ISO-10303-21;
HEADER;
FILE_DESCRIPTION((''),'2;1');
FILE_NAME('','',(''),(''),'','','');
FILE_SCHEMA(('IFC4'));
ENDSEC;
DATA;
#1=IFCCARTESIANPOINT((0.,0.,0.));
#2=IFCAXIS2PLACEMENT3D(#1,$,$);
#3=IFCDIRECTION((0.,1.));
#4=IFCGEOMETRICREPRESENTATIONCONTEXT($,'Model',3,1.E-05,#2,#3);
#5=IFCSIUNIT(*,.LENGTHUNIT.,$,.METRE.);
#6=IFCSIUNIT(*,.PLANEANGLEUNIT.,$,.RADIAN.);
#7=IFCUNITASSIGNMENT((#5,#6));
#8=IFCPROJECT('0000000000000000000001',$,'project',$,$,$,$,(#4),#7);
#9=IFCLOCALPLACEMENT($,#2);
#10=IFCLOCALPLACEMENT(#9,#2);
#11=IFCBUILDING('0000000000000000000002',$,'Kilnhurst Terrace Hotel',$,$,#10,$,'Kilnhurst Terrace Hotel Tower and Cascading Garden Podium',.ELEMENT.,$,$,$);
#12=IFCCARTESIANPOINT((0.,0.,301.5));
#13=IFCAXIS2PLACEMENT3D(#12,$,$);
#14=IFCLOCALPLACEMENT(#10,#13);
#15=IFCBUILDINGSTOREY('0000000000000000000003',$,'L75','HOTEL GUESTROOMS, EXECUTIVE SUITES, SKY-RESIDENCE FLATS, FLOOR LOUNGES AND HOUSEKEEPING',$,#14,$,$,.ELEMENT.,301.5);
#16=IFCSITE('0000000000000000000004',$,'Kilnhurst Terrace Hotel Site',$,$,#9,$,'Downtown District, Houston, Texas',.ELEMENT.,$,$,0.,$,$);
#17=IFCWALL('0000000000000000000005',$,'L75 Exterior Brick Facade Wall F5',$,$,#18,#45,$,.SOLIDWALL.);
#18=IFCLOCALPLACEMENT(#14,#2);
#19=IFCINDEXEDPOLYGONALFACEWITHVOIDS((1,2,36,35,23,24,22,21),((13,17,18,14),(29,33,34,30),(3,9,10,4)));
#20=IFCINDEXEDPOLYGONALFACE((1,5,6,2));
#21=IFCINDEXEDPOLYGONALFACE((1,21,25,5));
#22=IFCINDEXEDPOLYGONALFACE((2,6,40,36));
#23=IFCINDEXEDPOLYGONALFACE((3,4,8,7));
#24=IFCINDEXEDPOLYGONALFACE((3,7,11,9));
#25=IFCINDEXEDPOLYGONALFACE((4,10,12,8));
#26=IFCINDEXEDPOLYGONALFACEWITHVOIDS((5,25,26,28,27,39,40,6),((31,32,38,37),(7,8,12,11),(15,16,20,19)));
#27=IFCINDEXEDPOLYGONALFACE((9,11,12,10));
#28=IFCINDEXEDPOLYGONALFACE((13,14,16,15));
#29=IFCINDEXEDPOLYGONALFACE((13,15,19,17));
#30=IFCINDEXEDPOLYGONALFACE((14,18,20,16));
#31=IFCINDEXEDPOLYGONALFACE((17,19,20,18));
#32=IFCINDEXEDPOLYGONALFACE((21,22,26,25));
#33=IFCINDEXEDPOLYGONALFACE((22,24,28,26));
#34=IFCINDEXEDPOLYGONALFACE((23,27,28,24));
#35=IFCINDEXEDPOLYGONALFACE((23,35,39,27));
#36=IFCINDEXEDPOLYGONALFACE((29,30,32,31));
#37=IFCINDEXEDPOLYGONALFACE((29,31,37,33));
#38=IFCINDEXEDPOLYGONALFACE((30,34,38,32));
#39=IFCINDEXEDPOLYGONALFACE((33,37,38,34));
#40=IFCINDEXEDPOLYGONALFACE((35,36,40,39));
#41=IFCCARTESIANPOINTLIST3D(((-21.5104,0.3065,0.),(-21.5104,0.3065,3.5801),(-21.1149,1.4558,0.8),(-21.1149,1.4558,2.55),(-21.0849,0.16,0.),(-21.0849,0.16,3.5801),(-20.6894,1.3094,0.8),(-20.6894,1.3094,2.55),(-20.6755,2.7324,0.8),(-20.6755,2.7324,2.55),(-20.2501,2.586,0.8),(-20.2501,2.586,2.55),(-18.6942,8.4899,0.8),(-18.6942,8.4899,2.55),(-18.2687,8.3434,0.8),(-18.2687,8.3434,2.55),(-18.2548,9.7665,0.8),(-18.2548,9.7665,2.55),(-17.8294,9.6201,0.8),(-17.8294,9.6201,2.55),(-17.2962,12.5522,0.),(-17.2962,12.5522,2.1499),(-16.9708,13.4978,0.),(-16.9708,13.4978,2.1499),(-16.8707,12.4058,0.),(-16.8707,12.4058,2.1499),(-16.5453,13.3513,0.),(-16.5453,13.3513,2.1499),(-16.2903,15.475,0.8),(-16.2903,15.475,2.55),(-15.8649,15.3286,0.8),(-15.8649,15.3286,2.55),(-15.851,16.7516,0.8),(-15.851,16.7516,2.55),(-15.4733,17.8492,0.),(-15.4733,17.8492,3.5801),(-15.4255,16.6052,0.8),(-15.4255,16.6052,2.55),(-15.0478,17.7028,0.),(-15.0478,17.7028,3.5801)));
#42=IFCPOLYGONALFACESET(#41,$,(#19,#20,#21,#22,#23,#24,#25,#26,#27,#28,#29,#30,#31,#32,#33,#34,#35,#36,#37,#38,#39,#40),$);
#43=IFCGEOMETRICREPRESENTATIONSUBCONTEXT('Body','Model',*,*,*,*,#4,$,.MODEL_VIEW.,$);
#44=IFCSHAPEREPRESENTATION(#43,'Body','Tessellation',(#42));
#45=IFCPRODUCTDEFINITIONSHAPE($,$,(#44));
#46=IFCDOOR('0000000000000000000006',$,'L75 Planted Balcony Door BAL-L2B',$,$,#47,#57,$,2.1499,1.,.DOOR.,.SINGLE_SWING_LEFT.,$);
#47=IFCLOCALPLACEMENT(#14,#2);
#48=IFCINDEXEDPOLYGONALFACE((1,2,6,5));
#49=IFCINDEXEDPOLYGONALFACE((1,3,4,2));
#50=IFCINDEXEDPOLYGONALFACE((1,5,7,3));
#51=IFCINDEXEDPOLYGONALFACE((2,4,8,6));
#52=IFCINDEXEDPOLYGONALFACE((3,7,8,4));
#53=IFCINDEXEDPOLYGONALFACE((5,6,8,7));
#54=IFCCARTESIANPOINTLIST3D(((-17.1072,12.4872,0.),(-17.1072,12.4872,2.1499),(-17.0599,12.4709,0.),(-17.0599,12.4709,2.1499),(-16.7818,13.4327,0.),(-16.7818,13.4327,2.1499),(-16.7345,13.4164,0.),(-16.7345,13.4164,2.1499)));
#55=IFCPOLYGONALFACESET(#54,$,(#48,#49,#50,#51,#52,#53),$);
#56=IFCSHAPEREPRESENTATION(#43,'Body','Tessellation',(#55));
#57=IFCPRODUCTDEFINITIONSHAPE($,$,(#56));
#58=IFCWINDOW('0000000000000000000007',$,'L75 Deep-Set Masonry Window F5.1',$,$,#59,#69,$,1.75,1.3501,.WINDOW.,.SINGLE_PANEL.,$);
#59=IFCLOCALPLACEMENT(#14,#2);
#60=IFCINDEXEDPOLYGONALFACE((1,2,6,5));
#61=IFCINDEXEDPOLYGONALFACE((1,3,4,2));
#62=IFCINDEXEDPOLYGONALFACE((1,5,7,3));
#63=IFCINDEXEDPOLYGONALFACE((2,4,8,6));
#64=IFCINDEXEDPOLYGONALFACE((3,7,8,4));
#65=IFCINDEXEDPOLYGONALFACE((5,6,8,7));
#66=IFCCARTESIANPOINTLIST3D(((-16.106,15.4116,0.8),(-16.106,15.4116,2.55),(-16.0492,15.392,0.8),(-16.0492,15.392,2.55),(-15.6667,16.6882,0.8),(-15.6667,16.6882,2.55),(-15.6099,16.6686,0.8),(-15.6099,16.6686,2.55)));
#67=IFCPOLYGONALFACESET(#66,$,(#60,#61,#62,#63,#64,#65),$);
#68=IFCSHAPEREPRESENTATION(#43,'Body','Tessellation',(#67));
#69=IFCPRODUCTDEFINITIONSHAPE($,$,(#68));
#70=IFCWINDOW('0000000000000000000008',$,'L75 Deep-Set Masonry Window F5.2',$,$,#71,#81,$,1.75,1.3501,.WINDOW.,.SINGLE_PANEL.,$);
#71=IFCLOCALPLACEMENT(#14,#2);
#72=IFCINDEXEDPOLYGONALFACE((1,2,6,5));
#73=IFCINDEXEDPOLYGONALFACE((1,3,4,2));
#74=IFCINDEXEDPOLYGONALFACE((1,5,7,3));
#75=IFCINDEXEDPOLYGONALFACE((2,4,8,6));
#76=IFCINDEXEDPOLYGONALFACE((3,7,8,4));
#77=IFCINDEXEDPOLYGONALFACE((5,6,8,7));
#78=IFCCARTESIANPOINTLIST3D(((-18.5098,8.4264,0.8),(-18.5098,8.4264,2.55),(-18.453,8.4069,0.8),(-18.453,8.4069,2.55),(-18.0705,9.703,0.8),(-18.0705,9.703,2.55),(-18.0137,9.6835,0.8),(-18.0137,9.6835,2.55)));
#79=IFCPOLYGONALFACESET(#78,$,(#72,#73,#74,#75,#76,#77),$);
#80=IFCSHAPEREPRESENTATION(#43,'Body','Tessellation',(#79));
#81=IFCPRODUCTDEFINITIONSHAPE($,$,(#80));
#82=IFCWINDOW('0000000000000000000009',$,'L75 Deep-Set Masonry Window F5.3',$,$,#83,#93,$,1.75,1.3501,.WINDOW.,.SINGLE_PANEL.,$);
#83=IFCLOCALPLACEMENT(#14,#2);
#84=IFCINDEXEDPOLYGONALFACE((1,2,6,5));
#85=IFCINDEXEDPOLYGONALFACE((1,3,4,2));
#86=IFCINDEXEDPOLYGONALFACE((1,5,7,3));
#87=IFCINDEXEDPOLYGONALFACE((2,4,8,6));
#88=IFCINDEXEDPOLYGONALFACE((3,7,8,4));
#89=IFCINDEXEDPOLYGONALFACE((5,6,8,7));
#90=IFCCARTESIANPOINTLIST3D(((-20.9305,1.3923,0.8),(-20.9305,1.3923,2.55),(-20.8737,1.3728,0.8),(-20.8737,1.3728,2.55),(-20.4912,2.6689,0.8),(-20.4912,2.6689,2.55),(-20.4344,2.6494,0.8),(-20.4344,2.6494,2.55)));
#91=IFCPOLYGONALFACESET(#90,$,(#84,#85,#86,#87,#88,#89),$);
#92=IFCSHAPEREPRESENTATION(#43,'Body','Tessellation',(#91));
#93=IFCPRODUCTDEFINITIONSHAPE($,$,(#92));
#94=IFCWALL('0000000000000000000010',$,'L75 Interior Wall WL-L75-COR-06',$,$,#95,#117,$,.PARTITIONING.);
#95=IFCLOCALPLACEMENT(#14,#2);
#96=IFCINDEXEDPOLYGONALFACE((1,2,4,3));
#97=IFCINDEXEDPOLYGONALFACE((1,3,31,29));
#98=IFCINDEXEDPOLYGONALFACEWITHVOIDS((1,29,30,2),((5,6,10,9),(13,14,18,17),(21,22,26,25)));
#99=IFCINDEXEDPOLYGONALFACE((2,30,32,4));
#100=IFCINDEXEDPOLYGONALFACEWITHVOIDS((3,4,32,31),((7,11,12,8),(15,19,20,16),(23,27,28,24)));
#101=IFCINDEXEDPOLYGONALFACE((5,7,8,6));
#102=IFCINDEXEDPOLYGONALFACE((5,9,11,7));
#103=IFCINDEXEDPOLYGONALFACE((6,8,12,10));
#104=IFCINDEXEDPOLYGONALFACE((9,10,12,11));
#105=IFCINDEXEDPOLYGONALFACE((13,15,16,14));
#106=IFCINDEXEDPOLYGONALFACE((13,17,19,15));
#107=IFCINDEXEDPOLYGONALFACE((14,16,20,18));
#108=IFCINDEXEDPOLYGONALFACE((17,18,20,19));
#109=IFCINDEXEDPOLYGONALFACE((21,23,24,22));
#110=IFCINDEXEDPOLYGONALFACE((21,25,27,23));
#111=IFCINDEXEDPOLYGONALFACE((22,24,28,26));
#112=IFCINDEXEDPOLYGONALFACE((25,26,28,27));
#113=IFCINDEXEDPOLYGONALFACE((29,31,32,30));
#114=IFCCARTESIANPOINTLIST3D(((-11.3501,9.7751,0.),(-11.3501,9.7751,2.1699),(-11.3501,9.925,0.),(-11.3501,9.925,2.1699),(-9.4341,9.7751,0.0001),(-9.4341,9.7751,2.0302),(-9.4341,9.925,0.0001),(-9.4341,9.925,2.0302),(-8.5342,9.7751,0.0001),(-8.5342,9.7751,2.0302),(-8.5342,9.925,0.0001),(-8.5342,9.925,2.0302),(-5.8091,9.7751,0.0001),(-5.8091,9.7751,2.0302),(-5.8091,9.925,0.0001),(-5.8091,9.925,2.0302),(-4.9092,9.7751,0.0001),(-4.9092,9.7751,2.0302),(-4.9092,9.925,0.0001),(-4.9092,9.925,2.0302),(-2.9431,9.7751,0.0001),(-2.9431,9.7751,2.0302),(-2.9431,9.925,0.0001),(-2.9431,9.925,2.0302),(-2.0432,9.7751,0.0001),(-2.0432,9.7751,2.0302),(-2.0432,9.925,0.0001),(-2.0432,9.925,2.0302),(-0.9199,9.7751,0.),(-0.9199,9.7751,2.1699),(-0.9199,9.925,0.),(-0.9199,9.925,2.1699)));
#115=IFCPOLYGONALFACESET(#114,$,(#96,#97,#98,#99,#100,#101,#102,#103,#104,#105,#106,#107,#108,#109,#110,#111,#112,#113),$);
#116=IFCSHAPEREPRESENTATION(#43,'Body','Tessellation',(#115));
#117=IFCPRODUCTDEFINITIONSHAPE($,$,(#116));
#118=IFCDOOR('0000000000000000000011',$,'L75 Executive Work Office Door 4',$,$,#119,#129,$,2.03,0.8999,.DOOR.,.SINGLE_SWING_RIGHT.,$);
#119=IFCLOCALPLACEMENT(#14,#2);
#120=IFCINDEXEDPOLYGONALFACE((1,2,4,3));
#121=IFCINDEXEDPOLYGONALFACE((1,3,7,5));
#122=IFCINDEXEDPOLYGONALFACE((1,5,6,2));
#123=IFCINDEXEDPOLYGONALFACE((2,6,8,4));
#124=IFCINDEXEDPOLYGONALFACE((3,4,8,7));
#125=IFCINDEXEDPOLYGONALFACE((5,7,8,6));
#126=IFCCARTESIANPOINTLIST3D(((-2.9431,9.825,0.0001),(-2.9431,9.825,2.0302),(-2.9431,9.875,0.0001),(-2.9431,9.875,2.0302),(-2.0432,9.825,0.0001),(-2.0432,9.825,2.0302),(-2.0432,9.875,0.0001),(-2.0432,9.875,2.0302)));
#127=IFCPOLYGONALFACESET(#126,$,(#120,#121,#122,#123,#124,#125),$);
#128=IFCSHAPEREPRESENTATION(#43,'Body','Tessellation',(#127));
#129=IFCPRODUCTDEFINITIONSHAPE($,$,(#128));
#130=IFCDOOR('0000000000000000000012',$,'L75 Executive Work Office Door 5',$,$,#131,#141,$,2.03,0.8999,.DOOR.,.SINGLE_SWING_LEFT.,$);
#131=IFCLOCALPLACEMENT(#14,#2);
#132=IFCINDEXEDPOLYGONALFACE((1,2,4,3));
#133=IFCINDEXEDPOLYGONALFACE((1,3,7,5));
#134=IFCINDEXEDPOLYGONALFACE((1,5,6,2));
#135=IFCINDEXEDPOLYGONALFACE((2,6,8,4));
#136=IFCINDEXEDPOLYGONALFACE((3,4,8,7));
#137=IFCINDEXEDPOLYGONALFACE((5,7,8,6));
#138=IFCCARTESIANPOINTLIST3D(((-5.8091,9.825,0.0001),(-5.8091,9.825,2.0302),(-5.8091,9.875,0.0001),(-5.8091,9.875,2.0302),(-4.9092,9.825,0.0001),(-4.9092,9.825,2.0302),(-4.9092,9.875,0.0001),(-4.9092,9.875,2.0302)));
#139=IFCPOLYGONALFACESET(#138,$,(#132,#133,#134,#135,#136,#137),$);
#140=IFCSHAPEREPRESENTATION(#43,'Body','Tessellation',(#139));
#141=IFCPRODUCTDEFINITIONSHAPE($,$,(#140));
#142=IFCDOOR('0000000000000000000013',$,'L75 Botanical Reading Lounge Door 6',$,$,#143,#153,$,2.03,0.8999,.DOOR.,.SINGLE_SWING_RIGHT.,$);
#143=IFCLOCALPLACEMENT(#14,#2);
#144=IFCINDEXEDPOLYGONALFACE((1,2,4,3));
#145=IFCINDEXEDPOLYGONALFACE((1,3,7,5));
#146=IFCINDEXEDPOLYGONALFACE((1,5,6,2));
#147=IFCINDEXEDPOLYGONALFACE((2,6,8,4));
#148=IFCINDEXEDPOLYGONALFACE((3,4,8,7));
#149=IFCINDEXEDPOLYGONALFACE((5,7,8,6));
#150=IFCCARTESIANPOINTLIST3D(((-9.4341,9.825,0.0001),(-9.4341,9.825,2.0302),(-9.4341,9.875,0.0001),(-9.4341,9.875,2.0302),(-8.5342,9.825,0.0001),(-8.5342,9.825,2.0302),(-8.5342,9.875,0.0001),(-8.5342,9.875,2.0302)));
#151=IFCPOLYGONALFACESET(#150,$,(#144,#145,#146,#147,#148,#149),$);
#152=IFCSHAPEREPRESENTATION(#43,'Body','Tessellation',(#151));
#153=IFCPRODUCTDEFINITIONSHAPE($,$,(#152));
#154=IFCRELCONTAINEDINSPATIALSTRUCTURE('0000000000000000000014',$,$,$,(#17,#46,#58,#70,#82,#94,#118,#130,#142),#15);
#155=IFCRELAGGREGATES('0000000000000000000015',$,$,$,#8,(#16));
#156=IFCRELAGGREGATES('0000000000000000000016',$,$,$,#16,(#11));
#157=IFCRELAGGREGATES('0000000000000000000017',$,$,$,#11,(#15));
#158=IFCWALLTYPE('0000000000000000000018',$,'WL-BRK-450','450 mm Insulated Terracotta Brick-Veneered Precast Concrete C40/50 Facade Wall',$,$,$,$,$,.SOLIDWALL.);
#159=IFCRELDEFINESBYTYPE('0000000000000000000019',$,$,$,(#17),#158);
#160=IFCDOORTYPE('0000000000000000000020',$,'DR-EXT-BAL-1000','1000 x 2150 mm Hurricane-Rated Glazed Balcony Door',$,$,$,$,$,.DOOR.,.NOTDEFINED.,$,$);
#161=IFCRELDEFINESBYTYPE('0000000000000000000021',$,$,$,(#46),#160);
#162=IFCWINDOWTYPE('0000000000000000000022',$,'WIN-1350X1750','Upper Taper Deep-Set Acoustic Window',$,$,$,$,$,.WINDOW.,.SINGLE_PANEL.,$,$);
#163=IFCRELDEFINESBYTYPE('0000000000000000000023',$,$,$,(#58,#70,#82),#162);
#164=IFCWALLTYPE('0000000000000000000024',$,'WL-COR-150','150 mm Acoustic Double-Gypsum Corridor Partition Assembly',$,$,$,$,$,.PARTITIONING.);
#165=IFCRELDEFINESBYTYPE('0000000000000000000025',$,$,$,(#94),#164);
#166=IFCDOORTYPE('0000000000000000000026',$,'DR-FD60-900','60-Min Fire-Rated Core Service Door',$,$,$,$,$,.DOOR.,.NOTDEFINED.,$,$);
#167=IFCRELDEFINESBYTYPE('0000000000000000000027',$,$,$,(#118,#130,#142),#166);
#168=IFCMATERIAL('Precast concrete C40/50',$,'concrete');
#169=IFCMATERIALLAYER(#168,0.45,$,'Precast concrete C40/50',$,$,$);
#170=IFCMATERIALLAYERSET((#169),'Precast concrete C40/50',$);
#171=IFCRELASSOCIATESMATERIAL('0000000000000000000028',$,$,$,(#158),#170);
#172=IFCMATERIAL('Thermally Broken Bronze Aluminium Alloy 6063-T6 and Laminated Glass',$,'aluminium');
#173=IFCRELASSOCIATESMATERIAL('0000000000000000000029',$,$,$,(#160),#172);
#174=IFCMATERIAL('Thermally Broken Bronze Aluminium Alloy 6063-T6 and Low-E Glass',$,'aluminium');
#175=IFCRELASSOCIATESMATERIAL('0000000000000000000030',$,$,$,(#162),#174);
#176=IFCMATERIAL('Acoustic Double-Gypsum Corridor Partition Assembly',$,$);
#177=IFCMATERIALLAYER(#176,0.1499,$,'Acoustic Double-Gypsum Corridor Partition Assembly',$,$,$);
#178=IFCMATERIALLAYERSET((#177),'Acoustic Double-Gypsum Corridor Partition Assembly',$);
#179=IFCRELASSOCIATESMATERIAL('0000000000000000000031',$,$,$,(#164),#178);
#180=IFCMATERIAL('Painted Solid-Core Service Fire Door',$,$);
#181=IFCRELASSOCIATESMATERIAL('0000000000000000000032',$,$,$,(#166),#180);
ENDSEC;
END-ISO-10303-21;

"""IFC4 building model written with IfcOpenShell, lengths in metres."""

from ifc_helpers import new_model, si_unit, direction, frame, frame_2d, origin, place, context, subcontext, project, spatial, rectangle, extrude, material, layer, layer_set, type_object, element, fill, save


model = new_model("IFC4")

# Units and contexts
model_context = context("Model", 3, precision=1e-05, world=origin(), true_north=direction((0.0, 1.0)))
body_context = subcontext(model_context, "Body", "Model", "MODEL_VIEW")
ifc_project = project(units=[si_unit("LENGTHUNIT", "METRE"), si_unit("PLANEANGLEUNIT", "RADIAN")], contexts=[model_context])

# Site, building, storey
site_placement = place(None, origin())
site = spatial("IfcSite", under=ifc_project, at=site_placement, Name="Kilnhurst Terrace Hotel Site", LongName="Downtown District, Houston, Texas", CompositionType="ELEMENT", RefElevation=0.0)
building_placement = place(site_placement, origin())
building = spatial("IfcBuilding", under=site, at=building_placement, Name="Kilnhurst Terrace Hotel", LongName="Kilnhurst Terrace Hotel Tower and Cascading Garden Podium", CompositionType="ELEMENT")
storey_placement = place(building_placement, frame((0.0, 0.0, 301.5)))
storey = spatial("IfcBuildingStorey", under=building, at=storey_placement, Name="L75", Description="HOTEL GUESTROOMS, EXECUTIVE SUITES, SKY-RESIDENCE FLATS, FLOOR LOUNGES AND HOUSEKEEPING", CompositionType="ELEMENT", Elevation=301.5)

# Shared definitions
ifc_material_1 = material(Name="Precast concrete C40/50", Category="concrete")
ifc_layer_1 = layer(ifc_material_1, 0.45, Name="Precast concrete C40/50")
ifc_layer_set_1 = layer_set([ifc_layer_1], Name="Precast concrete C40/50")
wall_type_1 = type_object("IfcWallType", Name="WL-BRK-450", Description="450 mm Insulated Terracotta Brick-Veneered Precast Concrete C40/50 Facade Wall", PredefinedType="SOLIDWALL", material=ifc_layer_set_1)

# Wall, openings, door, windows
wall_1_placement = place(storey_placement, frame((-15.2605, 17.7761, 0.0), z_axis=(0.0, 0.0, 1.0), x_axis=(-0.325407, -0.945574, 0.0)))
wall_1 = element("IfcWall", 1, at=wall_1_placement, inside=storey, type_object=wall_type_1, Name="L75 Exterior Brick Facade Wall F5", PredefinedType="SOLIDWALL", context=body_context, shape_type="SweptSolid", body=[
    extrude(rectangle(XDim=18.5525, YDim=0.45, at=frame_2d((9.2764, 0.0))), origin(), (0.0, 0.0, 1.0), 3.5801),
])
opening_1_placement = place(wall_1_placement, frame((4.6021, 0.0, 0.0)))
opening_1 = element("IfcOpeningElement", 2, at=opening_1_placement, cuts=wall_1, PredefinedType="OPENING", context=body_context, shape_type="SweptSolid", body=[
    extrude(rectangle(XDim=1.0, YDim=2.1499, at=frame_2d((0.5, 1.075))), frame((0.0, 0.2349, 0.0), z_axis=(0.0, -1.0, 0.0), x_axis=(1.0, 0.0, 0.0)), (0.0, 0.0, 1.0), 0.47),
])
opening_2_placement = place(wall_1_placement, frame((1.1609, 0.0, 0.8)))
opening_2 = element("IfcOpeningElement", 3, at=opening_2_placement, cuts=wall_1, PredefinedType="OPENING", context=body_context, shape_type="SweptSolid", body=[
    extrude(rectangle(XDim=1.3501, YDim=1.75, at=frame_2d((0.675, 0.875))), frame((0.0, 0.2349, 0.0), z_axis=(0.0, -1.0, 0.0), x_axis=(1.0, 0.0, 0.0)), (0.0, 0.0, 1.0), 0.47),
])
opening_3_placement = place(wall_1_placement, frame((8.5481, 0.0, 0.8)))
opening_3 = element("IfcOpeningElement", 4, at=opening_3_placement, cuts=wall_1, PredefinedType="OPENING", context=body_context, shape_type="SweptSolid", body=[
    extrude(rectangle(XDim=1.3501, YDim=1.75, at=frame_2d((0.675, 0.875))), frame((0.0, 0.2349, 0.0), z_axis=(0.0, -1.0, 0.0), x_axis=(1.0, 0.0, 0.0)), (0.0, 0.0, 1.0), 0.47),
])
opening_4_placement = place(wall_1_placement, frame((15.9871, 0.0, 0.8)))
opening_4 = element("IfcOpeningElement", 5, at=opening_4_placement, cuts=wall_1, PredefinedType="OPENING", context=body_context, shape_type="SweptSolid", body=[
    extrude(rectangle(XDim=1.3501, YDim=1.75, at=frame_2d((0.675, 0.875))), frame((0.0, 0.2349, 0.0), z_axis=(0.0, -1.0, 0.0), x_axis=(1.0, 0.0, 0.0)), (0.0, 0.0, 1.0), 0.47),
])
ifc_material_2 = material(Name="Thermally Broken Bronze Aluminium Alloy 6063-T6 and Laminated Glass", Category="aluminium")
door_type_1 = type_object("IfcDoorType", Name="DR-EXT-BAL-1000", Description="1000 x 2150 mm Hurricane-Rated Glazed Balcony Door", OperationType="NOTDEFINED", PredefinedType="DOOR", material=ifc_material_2)
door_1_placement = place(opening_1_placement, origin())
door_1 = element("IfcDoor", 6, at=door_1_placement, inside=storey, type_object=door_type_1, Name="L75 Planted Balcony Door BAL-L2B", OperationType="SINGLE_SWING_LEFT", OverallHeight=2.1499, OverallWidth=1.0, PredefinedType="DOOR", context=body_context, shape_type="SweptSolid", body=[
    extrude(rectangle(XDim=1.0, YDim=2.1499, at=frame_2d((0.5, 1.075))), frame((0.0, 0.0249, 0.0), z_axis=(0.0, -1.0, 0.0), x_axis=(1.0, 0.0, 0.0)), (0.0, 0.0, 1.0), 0.05),
])
fill(opening_1, door_1)
ifc_material_3 = material(Name="Thermally Broken Bronze Aluminium Alloy 6063-T6 and Low-E Glass", Category="aluminium")
window_type = type_object("IfcWindowType", Name="WIN-1350X1750", Description="Upper Taper Deep-Set Acoustic Window", PartitioningType="SINGLE_PANEL", PredefinedType="WINDOW", material=ifc_material_3)
window_1_placement = place(opening_2_placement, origin())
window_1 = element("IfcWindow", 7, at=window_1_placement, inside=storey, type_object=window_type, Name="L75 Deep-Set Masonry Window F5.1", OverallHeight=1.75, OverallWidth=1.3501, PartitioningType="SINGLE_PANEL", PredefinedType="WINDOW", context=body_context, shape_type="SweptSolid", body=[
    extrude(rectangle(XDim=1.3501, YDim=1.75, at=frame_2d((0.675, 0.875))), frame((0.0, 0.03, 0.0), z_axis=(0.0, -1.0, 0.0), x_axis=(1.0, 0.0, 0.0)), (0.0, 0.0, 1.0), 0.0601),
])
fill(opening_2, window_1)
window_2_placement = place(opening_3_placement, origin())
window_2 = element("IfcWindow", 8, at=window_2_placement, inside=storey, type_object=window_type, Name="L75 Deep-Set Masonry Window F5.2", OverallHeight=1.75, OverallWidth=1.3501, PartitioningType="SINGLE_PANEL", PredefinedType="WINDOW", context=body_context, shape_type="SweptSolid", body=[
    extrude(rectangle(XDim=1.3501, YDim=1.75, at=frame_2d((0.675, 0.875))), frame((0.0, 0.03, 0.0), z_axis=(0.0, -1.0, 0.0), x_axis=(1.0, 0.0, 0.0)), (0.0, 0.0, 1.0), 0.0601),
])
fill(opening_3, window_2)
window_3_placement = place(opening_4_placement, origin())
window_3 = element("IfcWindow", 9, at=window_3_placement, inside=storey, type_object=window_type, Name="L75 Deep-Set Masonry Window F5.3", OverallHeight=1.75, OverallWidth=1.3501, PartitioningType="SINGLE_PANEL", PredefinedType="WINDOW", context=body_context, shape_type="SweptSolid", body=[
    extrude(rectangle(XDim=1.3501, YDim=1.75, at=frame_2d((0.675, 0.875))), frame((0.0, 0.03, 0.0), z_axis=(0.0, -1.0, 0.0), x_axis=(1.0, 0.0, 0.0)), (0.0, 0.0, 1.0), 0.0601),
])
fill(opening_4, window_3)

# Wall, openings, doors
ifc_material_4 = material(Name="Acoustic Double-Gypsum Corridor Partition Assembly")
ifc_layer_2 = layer(ifc_material_4, 0.1499, Name="Acoustic Double-Gypsum Corridor Partition Assembly")
ifc_layer_set_2 = layer_set([ifc_layer_2], Name="Acoustic Double-Gypsum Corridor Partition Assembly")
wall_type_2 = type_object("IfcWallType", Name="WL-COR-150", Description="150 mm Acoustic Double-Gypsum Corridor Partition Assembly", PredefinedType="PARTITIONING", material=ifc_layer_set_2)
wall_2_placement = place(storey_placement, frame((-11.3501, 9.8501, 0.0), z_axis=(0.0, 0.0, 1.0), x_axis=(1.0, 0.0, 0.0)))
wall_2 = element("IfcWall", 10, at=wall_2_placement, inside=storey, type_object=wall_type_2, Name="L75 Interior Wall WL-L75-COR-06", PredefinedType="PARTITIONING", context=body_context, shape_type="SweptSolid", body=[
    extrude(rectangle(XDim=10.4302, YDim=0.1499, at=frame_2d((5.2151, 0.0))), origin(), (0.0, 0.0, 1.0), 2.1699),
])
opening_5_placement = place(wall_2_placement, frame((8.407, 0.0, 0.0)))
opening_5 = element("IfcOpeningElement", 11, at=opening_5_placement, cuts=wall_2, PredefinedType="OPENING", context=body_context, shape_type="SweptSolid", body=[
    extrude(rectangle(XDim=0.8999, YDim=2.03, at=frame_2d((0.45, 1.0151))), frame((0.0, 0.085, 0.0), z_axis=(0.0, -1.0, 0.0), x_axis=(1.0, 0.0, 0.0)), (0.0, 0.0, 1.0), 0.1699),
])
opening_6_placement = place(wall_2_placement, frame((5.541, 0.0, 0.0)))
opening_6 = element("IfcOpeningElement", 12, at=opening_6_placement, cuts=wall_2, PredefinedType="OPENING", context=body_context, shape_type="SweptSolid", body=[
    extrude(rectangle(XDim=0.8999, YDim=2.03, at=frame_2d((0.45, 1.0151))), frame((0.0, 0.085, 0.0), z_axis=(0.0, -1.0, 0.0), x_axis=(1.0, 0.0, 0.0)), (0.0, 0.0, 1.0), 0.1699),
])
opening_7_placement = place(wall_2_placement, frame((1.916, 0.0, 0.0)))
opening_7 = element("IfcOpeningElement", 13, at=opening_7_placement, cuts=wall_2, PredefinedType="OPENING", context=body_context, shape_type="SweptSolid", body=[
    extrude(rectangle(XDim=0.8999, YDim=2.03, at=frame_2d((0.45, 1.0151))), frame((0.0, 0.085, 0.0), z_axis=(0.0, -1.0, 0.0), x_axis=(1.0, 0.0, 0.0)), (0.0, 0.0, 1.0), 0.1699),
])
ifc_material_5 = material(Name="Painted Solid-Core Service Fire Door")
door_type_2 = type_object("IfcDoorType", Name="DR-FD60-900", Description="60-Min Fire-Rated Core Service Door", OperationType="NOTDEFINED", PredefinedType="DOOR", material=ifc_material_5)
door_2_placement = place(opening_5_placement, origin())
door_2 = element("IfcDoor", 14, at=door_2_placement, inside=storey, type_object=door_type_2, Name="L75 Executive Work Office Door 4", OperationType="SINGLE_SWING_RIGHT", OverallHeight=2.03, OverallWidth=0.8999, PredefinedType="DOOR", context=body_context, shape_type="SweptSolid", body=[
    extrude(rectangle(XDim=0.8999, YDim=2.03, at=frame_2d((0.45, 1.0151))), frame((0.0, 0.0249, 0.0), z_axis=(0.0, -1.0, 0.0), x_axis=(1.0, 0.0, 0.0)), (0.0, 0.0, 1.0), 0.05),
])
fill(opening_5, door_2)
door_3_placement = place(opening_6_placement, origin())
door_3 = element("IfcDoor", 15, at=door_3_placement, inside=storey, type_object=door_type_2, Name="L75 Executive Work Office Door 5", OperationType="SINGLE_SWING_LEFT", OverallHeight=2.03, OverallWidth=0.8999, PredefinedType="DOOR", context=body_context, shape_type="SweptSolid", body=[
    extrude(rectangle(XDim=0.8999, YDim=2.03, at=frame_2d((0.45, 1.0151))), frame((0.0, 0.0249, 0.0), z_axis=(0.0, -1.0, 0.0), x_axis=(1.0, 0.0, 0.0)), (0.0, 0.0, 1.0), 0.05),
])
fill(opening_6, door_3)
door_4_placement = place(opening_7_placement, origin())
door_4 = element("IfcDoor", 16, at=door_4_placement, inside=storey, type_object=door_type_2, Name="L75 Botanical Reading Lounge Door 6", OperationType="SINGLE_SWING_RIGHT", OverallHeight=2.03, OverallWidth=0.8999, PredefinedType="DOOR", context=body_context, shape_type="SweptSolid", body=[
    extrude(rectangle(XDim=0.8999, YDim=2.03, at=frame_2d((0.45, 1.0151))), frame((0.0, 0.0249, 0.0), z_axis=(0.0, -1.0, 0.0), x_axis=(1.0, 0.0, 0.0)), (0.0, 0.0, 1.0), 0.05),
])
fill(opening_7, door_4)

save(model, "model.ifc")
